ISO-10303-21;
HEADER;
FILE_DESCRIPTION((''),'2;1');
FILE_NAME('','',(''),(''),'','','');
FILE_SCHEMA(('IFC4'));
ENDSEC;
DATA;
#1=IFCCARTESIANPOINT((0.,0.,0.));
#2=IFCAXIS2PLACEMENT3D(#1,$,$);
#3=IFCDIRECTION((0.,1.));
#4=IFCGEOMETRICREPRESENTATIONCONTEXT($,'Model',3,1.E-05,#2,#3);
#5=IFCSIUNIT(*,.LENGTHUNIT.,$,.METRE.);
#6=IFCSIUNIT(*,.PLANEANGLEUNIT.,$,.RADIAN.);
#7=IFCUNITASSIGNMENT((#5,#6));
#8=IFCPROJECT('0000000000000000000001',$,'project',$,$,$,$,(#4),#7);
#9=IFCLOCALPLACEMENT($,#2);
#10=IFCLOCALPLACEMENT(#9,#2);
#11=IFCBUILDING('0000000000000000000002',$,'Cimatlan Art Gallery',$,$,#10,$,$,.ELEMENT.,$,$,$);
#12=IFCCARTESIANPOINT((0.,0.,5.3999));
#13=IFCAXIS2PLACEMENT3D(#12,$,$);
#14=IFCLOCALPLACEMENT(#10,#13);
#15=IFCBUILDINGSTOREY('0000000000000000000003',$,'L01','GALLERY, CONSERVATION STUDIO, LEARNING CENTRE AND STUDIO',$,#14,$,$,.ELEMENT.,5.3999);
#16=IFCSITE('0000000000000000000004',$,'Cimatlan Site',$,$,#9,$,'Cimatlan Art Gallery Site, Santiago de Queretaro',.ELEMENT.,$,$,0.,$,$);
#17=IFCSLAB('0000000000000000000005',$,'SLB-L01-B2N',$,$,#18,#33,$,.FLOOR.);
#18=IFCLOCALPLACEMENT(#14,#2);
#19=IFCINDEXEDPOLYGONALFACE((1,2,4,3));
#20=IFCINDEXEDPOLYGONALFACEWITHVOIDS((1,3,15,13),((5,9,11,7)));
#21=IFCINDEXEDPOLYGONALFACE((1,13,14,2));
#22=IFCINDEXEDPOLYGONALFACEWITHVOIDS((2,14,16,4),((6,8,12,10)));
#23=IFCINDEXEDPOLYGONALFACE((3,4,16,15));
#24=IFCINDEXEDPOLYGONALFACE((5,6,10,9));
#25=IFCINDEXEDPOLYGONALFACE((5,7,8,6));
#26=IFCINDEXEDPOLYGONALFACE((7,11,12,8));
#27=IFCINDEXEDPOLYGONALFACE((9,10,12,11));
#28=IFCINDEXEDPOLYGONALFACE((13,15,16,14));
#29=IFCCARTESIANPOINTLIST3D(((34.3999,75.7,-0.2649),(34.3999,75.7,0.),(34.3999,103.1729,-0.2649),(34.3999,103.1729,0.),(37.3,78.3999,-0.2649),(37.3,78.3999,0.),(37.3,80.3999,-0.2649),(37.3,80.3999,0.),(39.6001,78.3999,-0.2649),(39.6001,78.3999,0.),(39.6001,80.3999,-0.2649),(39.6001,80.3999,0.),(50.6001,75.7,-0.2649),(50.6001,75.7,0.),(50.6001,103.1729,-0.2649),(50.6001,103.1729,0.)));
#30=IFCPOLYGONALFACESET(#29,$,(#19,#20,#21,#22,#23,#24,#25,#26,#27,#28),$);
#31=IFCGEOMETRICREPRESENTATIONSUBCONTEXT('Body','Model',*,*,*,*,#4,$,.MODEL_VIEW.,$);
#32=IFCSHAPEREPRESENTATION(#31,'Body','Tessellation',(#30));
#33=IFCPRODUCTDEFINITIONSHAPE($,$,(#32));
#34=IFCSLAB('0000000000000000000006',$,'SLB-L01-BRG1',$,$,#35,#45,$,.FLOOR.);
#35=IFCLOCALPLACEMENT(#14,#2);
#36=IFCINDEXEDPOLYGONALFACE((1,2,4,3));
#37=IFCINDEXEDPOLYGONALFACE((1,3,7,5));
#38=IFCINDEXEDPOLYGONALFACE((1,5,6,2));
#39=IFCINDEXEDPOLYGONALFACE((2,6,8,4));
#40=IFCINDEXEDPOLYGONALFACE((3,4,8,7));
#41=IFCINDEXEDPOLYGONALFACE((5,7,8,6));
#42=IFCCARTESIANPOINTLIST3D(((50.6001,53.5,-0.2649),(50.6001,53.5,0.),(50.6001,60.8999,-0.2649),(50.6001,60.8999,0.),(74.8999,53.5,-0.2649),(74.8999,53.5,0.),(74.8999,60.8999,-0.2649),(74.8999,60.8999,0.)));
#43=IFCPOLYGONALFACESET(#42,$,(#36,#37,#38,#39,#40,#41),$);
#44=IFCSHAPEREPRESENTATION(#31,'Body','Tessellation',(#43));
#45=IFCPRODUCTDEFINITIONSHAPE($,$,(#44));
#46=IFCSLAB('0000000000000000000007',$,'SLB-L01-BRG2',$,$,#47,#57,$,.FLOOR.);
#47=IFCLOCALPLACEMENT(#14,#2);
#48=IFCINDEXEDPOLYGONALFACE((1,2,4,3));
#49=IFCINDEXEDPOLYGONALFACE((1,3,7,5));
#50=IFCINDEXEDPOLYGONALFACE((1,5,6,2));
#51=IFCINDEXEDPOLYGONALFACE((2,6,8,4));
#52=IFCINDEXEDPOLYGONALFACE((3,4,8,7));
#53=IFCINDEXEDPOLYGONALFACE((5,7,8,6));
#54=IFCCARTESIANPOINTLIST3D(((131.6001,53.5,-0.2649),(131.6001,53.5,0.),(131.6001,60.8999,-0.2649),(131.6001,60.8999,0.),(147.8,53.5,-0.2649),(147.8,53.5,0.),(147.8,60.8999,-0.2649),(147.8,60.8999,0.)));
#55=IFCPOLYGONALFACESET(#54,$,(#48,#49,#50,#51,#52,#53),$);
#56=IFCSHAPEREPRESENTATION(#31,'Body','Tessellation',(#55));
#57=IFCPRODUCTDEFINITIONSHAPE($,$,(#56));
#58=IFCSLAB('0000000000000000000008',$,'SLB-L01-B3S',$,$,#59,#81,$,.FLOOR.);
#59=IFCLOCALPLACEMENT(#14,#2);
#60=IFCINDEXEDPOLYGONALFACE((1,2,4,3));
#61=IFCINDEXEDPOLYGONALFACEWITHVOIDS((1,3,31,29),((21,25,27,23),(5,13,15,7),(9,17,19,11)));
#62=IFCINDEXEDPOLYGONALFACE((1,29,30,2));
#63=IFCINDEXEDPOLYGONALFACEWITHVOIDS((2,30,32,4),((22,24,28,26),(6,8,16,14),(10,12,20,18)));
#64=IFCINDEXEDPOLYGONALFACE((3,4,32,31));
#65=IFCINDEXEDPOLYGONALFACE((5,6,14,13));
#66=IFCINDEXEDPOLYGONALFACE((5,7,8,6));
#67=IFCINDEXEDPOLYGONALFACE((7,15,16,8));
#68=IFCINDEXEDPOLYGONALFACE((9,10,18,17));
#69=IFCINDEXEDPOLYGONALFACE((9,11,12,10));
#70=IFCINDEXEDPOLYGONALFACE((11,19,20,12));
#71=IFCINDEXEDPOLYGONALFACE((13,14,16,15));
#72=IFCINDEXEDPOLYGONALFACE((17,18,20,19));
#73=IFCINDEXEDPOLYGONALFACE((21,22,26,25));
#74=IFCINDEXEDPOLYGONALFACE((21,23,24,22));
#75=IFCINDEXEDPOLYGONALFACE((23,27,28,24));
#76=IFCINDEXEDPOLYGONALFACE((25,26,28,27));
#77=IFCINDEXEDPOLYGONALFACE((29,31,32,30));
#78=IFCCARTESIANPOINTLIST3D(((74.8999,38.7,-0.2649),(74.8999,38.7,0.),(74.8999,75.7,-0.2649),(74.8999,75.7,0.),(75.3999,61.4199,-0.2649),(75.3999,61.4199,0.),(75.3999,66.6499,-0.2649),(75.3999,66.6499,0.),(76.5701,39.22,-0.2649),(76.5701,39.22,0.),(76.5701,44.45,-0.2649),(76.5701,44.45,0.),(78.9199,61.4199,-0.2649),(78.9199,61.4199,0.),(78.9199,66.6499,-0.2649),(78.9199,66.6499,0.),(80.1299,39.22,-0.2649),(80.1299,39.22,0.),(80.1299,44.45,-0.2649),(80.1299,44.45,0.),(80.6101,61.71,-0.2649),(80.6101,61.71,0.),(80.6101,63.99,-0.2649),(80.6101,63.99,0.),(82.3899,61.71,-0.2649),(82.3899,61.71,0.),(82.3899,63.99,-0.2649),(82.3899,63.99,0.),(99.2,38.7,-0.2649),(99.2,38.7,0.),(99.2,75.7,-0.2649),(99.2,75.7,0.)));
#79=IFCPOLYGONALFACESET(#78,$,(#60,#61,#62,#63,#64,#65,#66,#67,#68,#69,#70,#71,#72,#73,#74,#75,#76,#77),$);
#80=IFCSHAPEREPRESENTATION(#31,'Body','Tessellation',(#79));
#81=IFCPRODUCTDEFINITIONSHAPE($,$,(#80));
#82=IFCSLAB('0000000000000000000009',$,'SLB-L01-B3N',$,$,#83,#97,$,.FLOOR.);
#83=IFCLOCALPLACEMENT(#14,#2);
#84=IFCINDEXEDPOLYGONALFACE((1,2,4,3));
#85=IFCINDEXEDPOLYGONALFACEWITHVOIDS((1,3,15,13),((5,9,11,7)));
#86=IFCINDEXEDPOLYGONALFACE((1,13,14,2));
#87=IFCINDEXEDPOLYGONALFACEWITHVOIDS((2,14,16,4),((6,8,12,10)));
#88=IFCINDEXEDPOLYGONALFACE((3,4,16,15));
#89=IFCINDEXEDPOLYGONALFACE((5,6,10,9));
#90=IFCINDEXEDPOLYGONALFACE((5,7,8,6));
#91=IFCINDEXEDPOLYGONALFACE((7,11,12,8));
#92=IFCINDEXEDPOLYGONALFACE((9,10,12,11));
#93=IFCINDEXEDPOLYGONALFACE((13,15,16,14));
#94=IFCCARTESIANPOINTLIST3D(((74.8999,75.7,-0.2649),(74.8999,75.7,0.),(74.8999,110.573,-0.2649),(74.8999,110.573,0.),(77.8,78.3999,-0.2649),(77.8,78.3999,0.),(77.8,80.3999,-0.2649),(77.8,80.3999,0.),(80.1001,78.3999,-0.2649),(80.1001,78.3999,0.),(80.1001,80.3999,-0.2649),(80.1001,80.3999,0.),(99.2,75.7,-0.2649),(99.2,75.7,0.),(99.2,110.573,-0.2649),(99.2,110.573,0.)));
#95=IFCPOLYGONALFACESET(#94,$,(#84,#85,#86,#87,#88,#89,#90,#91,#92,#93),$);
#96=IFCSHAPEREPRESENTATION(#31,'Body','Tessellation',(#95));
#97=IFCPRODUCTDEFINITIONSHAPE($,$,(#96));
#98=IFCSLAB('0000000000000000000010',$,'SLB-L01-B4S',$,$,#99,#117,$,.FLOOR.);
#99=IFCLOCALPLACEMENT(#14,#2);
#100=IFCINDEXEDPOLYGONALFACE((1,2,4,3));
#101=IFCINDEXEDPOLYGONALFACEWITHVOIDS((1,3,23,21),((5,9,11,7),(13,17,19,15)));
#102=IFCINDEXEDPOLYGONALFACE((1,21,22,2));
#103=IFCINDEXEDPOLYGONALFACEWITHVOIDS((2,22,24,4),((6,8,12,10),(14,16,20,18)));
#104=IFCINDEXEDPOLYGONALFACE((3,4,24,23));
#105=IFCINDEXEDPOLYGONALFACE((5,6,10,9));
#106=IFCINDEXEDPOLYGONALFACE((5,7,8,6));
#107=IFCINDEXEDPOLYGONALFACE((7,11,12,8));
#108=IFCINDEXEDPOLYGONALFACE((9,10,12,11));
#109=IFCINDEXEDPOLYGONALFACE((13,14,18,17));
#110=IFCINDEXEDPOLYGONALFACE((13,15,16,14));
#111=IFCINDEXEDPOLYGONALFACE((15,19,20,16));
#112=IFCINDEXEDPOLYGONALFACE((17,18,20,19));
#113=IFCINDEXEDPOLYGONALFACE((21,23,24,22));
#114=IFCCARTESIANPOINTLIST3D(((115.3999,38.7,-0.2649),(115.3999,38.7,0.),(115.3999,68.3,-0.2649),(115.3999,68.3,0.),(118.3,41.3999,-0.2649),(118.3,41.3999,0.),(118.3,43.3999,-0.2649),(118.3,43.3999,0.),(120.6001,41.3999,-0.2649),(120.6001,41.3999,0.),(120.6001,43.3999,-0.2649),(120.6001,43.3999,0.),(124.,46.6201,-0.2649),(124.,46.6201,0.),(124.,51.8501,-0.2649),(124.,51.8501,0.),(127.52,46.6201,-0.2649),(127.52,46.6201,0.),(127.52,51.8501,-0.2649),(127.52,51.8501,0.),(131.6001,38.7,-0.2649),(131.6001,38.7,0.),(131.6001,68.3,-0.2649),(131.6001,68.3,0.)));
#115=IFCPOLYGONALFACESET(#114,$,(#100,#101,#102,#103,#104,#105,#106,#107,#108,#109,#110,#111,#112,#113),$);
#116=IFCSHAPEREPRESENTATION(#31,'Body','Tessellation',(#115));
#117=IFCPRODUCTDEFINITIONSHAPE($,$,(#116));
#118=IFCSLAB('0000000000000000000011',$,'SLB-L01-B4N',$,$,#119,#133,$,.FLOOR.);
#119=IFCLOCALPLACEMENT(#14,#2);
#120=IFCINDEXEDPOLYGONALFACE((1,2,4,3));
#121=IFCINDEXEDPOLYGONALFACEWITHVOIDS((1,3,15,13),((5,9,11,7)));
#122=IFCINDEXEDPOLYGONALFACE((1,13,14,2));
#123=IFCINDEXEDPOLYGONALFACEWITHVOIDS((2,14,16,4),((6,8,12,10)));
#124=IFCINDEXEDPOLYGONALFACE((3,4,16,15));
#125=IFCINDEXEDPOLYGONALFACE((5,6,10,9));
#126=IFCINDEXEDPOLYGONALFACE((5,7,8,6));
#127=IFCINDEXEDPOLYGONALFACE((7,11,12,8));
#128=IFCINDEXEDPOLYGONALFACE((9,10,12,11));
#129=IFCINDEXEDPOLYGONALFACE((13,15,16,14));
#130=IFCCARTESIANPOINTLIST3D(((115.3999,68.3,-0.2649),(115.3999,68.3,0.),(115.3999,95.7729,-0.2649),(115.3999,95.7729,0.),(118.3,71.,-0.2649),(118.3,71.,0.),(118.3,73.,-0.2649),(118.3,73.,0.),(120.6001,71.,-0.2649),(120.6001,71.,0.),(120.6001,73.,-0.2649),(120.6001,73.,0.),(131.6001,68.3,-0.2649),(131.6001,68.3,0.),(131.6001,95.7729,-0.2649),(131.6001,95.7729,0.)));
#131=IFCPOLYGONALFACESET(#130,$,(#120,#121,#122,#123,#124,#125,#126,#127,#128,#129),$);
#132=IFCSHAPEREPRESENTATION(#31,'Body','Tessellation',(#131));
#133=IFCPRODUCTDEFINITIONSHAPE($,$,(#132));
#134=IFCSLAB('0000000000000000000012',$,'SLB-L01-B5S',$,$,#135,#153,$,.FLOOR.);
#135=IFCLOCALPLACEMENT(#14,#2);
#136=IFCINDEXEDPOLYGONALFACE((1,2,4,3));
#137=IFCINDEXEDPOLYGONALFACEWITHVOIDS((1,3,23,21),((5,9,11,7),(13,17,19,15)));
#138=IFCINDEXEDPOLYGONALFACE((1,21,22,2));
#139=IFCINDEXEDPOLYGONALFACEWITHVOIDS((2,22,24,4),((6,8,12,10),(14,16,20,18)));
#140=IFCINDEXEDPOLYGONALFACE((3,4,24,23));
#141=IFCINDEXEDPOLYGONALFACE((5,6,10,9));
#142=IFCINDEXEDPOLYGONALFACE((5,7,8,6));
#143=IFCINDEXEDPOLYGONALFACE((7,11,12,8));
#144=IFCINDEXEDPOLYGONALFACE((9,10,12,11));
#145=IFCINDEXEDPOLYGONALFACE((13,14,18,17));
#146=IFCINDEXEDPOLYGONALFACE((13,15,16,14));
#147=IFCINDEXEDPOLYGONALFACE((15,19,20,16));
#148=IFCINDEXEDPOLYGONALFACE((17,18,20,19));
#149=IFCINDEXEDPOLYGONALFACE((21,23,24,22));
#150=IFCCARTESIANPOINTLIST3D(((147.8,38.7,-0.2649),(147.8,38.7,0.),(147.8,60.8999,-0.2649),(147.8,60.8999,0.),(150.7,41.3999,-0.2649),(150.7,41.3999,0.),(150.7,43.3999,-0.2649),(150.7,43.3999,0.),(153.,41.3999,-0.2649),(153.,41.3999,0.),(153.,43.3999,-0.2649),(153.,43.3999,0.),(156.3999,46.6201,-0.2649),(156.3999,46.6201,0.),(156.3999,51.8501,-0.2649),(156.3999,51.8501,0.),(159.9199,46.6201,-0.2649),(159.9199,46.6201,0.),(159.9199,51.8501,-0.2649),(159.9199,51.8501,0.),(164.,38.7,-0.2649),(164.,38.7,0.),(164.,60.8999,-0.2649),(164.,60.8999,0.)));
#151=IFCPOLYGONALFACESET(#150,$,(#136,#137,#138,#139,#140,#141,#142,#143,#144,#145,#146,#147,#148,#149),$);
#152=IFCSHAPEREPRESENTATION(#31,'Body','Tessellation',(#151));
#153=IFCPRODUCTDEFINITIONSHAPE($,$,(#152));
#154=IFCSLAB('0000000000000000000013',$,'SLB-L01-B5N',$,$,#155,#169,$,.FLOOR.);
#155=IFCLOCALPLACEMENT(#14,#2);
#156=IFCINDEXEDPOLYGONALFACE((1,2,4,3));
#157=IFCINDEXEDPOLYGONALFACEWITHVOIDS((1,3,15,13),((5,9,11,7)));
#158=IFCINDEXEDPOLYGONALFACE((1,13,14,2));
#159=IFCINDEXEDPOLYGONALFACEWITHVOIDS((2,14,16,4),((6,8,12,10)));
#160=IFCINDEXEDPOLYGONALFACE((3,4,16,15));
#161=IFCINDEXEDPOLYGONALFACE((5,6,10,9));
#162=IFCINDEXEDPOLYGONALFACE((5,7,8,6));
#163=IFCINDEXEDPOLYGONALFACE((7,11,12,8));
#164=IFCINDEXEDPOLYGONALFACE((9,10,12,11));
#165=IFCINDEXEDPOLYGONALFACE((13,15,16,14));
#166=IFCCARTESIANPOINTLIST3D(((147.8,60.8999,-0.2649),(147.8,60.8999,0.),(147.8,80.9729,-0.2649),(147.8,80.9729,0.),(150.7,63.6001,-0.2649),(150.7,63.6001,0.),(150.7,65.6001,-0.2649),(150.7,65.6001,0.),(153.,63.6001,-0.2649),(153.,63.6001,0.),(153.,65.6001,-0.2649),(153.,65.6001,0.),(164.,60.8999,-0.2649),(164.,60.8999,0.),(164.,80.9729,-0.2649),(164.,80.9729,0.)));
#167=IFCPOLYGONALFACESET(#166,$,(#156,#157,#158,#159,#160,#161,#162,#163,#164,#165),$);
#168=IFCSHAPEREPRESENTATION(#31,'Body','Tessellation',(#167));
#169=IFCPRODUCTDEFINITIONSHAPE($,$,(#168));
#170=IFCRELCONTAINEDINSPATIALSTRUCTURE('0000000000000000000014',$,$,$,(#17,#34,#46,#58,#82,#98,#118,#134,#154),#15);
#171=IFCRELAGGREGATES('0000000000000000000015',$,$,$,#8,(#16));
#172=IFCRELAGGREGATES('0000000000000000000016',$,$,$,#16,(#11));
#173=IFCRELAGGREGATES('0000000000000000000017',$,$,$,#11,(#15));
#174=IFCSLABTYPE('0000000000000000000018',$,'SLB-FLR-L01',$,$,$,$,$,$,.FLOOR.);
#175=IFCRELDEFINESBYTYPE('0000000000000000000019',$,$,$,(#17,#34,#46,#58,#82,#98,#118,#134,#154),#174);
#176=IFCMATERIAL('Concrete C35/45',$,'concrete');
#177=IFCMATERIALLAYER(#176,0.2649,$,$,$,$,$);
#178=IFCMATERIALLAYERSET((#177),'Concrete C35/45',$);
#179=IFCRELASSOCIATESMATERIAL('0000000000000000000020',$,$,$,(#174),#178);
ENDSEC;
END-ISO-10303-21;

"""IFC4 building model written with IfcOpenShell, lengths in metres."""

from ifc_helpers import new_model, si_unit, direction, frame, origin, place, context, subcontext, project, spatial, polyline, outline, extrude, material, layer, layer_set, type_object, element, save


model = new_model("IFC4")

# Units and contexts
model_context = context("Model", 3, precision=1e-05, world=origin(), true_north=direction((0.0, 1.0)))
body_context = subcontext(model_context, "Body", "Model", "MODEL_VIEW")
ifc_project = project(units=[si_unit("LENGTHUNIT", "METRE"), si_unit("PLANEANGLEUNIT", "RADIAN")], contexts=[model_context])

# Site, building, storey
site_placement = place(None, origin())
site = spatial("IfcSite", under=ifc_project, at=site_placement, Name="Cimatlan Site", LongName="Cimatlan Art Gallery Site, Santiago de Queretaro", CompositionType="ELEMENT", RefElevation=0.0)
building_placement = place(site_placement, origin())
building = spatial("IfcBuilding", under=site, at=building_placement, Name="Cimatlan Art Gallery", CompositionType="ELEMENT")
storey_placement = place(building_placement, frame((0.0, 0.0, 5.3999)))
storey = spatial("IfcBuildingStorey", under=building, at=storey_placement, Name="L01", Description="GALLERY, CONSERVATION STUDIO, LEARNING CENTRE AND STUDIO", CompositionType="ELEMENT", Elevation=5.3999)

# Slabs
ifc_material_1 = material(Name="Concrete C35/45", Category="concrete")
ifc_layer_1 = layer(ifc_material_1, 0.2649)
ifc_layer_set_1 = layer_set([ifc_layer_1], Name="Concrete C35/45")
slab_type_1 = type_object("IfcSlabType", Name="SLB-FLR-L01", PredefinedType="FLOOR", material=ifc_layer_set_1)
slab_1_placement = place(storey_placement, frame((0.0, 0.0, -0.2649)))
element("IfcSlab", 1, at=slab_1_placement, inside=storey, type_object=slab_type_1, Name="SLB-L01-B2N", PredefinedType="FLOOR", context=body_context, shape_type="SweptSolid", body=[
    extrude(outline(polyline([(34.3999, 75.7), (50.6001, 75.7), (50.6001, 103.1729), (34.3999, 103.1729), (34.3999, 75.7)]), holes=[polyline([(37.3, 78.3999), (39.6001, 78.3999), (39.6001, 80.3999), (37.3, 80.3999), (37.3, 78.3999)])]), origin(), (0.0, 0.0, 1.0), 0.2649),
])
slab_2_placement = place(storey_placement, frame((0.0, 0.0, -0.2649)))
element("IfcSlab", 2, at=slab_2_placement, inside=storey, type_object=slab_type_1, Name="SLB-L01-BRG1", PredefinedType="FLOOR", context=body_context, shape_type="SweptSolid", body=[
    extrude(outline(polyline([(50.6001, 53.5), (74.8999, 53.5), (74.8999, 60.8999), (50.6001, 60.8999), (50.6001, 53.5)])), origin(), (0.0, 0.0, 1.0), 0.2649),
])
slab_3_placement = place(storey_placement, frame((0.0, 0.0, -0.2649)))
element("IfcSlab", 3, at=slab_3_placement, inside=storey, type_object=slab_type_1, Name="SLB-L01-BRG2", PredefinedType="FLOOR", context=body_context, shape_type="SweptSolid", body=[
    extrude(outline(polyline([(131.6001, 53.5), (147.8, 53.5), (147.8, 60.8999), (131.6001, 60.8999), (131.6001, 53.5)])), origin(), (0.0, 0.0, 1.0), 0.2649),
])
slab_4_placement = place(storey_placement, frame((0.0, 0.0, -0.2649)))
element("IfcSlab", 4, at=slab_4_placement, inside=storey, type_object=slab_type_1, Name="SLB-L01-B3S", PredefinedType="FLOOR", context=body_context, shape_type="SweptSolid", body=[
    extrude(outline(polyline([(74.8999, 38.7), (99.2, 38.7), (99.2, 75.7), (74.8999, 75.7), (74.8999, 38.7)]), holes=[polyline([(75.3999, 61.4199), (78.9199, 61.4199), (78.9199, 66.6499), (75.3999, 66.6499), (75.3999, 61.4199)]), polyline([(80.6101, 61.71), (82.3899, 61.71), (82.3899, 63.99), (80.6101, 63.99), (80.6101, 61.71)]), polyline([(76.5701, 39.22), (80.1299, 39.22), (80.1299, 44.45), (76.5701, 44.45), (76.5701, 39.22)])]), origin(), (0.0, 0.0, 1.0), 0.2649),
])
slab_5_placement = place(storey_placement, frame((0.0, 0.0, -0.2649)))
element("IfcSlab", 5, at=slab_5_placement, inside=storey, type_object=slab_type_1, Name="SLB-L01-B3N", PredefinedType="FLOOR", context=body_context, shape_type="SweptSolid", body=[
    extrude(outline(polyline([(74.8999, 75.7), (99.2, 75.7), (99.2, 110.573), (74.8999, 110.573), (74.8999, 75.7)]), holes=[polyline([(77.8, 78.3999), (80.1001, 78.3999), (80.1001, 80.3999), (77.8, 80.3999), (77.8, 78.3999)])]), origin(), (0.0, 0.0, 1.0), 0.2649),
])
slab_6_placement = place(storey_placement, frame((0.0, 0.0, -0.2649)))
element("IfcSlab", 6, at=slab_6_placement, inside=storey, type_object=slab_type_1, Name="SLB-L01-B4S", PredefinedType="FLOOR", context=body_context, shape_type="SweptSolid", body=[
    extrude(outline(polyline([(115.3999, 38.7), (131.6001, 38.7), (131.6001, 68.3), (115.3999, 68.3), (115.3999, 38.7)]), holes=[polyline([(124.0, 46.6201), (127.52, 46.6201), (127.52, 51.8501), (124.0, 51.8501), (124.0, 46.6201)]), polyline([(118.3, 41.3999), (120.6001, 41.3999), (120.6001, 43.3999), (118.3, 43.3999), (118.3, 41.3999)])]), origin(), (0.0, 0.0, 1.0), 0.2649),
])
slab_7_placement = place(storey_placement, frame((0.0, 0.0, -0.2649)))
element("IfcSlab", 7, at=slab_7_placement, inside=storey, type_object=slab_type_1, Name="SLB-L01-B4N", PredefinedType="FLOOR", context=body_context, shape_type="SweptSolid", body=[
    extrude(outline(polyline([(115.3999, 68.3), (131.6001, 68.3), (131.6001, 95.7729), (115.3999, 95.7729), (115.3999, 68.3)]), holes=[polyline([(118.3, 71.0), (120.6001, 71.0), (120.6001, 73.0), (118.3, 73.0), (118.3, 71.0)])]), origin(), (0.0, 0.0, 1.0), 0.2649),
])
slab_8_placement = place(storey_placement, frame((0.0, 0.0, -0.2649)))
element("IfcSlab", 8, at=slab_8_placement, inside=storey, type_object=slab_type_1, Name="SLB-L01-B5S", PredefinedType="FLOOR", context=body_context, shape_type="SweptSolid", body=[
    extrude(outline(polyline([(147.8, 38.7), (164.0, 38.7), (164.0, 60.8999), (147.8, 60.8999), (147.8, 38.7)]), holes=[polyline([(156.3999, 46.6201), (159.9199, 46.6201), (159.9199, 51.8501), (156.3999, 51.8501), (156.3999, 46.6201)]), polyline([(150.7, 41.3999), (153.0, 41.3999), (153.0, 43.3999), (150.7, 43.3999), (150.7, 41.3999)])]), origin(), (0.0, 0.0, 1.0), 0.2649),
])
slab_9_placement = place(storey_placement, frame((0.0, 0.0, -0.2649)))
element("IfcSlab", 9, at=slab_9_placement, inside=storey, type_object=slab_type_1, Name="SLB-L01-B5N", PredefinedType="FLOOR", context=body_context, shape_type="SweptSolid", body=[
    extrude(outline(polyline([(147.8, 60.8999), (164.0, 60.8999), (164.0, 80.9729), (147.8, 80.9729), (147.8, 60.8999)]), holes=[polyline([(150.7, 63.6001), (153.0, 63.6001), (153.0, 65.6001), (150.7, 65.6001), (150.7, 63.6001)])]), origin(), (0.0, 0.0, 1.0), 0.2649),
])

save(model, "model.ifc")
